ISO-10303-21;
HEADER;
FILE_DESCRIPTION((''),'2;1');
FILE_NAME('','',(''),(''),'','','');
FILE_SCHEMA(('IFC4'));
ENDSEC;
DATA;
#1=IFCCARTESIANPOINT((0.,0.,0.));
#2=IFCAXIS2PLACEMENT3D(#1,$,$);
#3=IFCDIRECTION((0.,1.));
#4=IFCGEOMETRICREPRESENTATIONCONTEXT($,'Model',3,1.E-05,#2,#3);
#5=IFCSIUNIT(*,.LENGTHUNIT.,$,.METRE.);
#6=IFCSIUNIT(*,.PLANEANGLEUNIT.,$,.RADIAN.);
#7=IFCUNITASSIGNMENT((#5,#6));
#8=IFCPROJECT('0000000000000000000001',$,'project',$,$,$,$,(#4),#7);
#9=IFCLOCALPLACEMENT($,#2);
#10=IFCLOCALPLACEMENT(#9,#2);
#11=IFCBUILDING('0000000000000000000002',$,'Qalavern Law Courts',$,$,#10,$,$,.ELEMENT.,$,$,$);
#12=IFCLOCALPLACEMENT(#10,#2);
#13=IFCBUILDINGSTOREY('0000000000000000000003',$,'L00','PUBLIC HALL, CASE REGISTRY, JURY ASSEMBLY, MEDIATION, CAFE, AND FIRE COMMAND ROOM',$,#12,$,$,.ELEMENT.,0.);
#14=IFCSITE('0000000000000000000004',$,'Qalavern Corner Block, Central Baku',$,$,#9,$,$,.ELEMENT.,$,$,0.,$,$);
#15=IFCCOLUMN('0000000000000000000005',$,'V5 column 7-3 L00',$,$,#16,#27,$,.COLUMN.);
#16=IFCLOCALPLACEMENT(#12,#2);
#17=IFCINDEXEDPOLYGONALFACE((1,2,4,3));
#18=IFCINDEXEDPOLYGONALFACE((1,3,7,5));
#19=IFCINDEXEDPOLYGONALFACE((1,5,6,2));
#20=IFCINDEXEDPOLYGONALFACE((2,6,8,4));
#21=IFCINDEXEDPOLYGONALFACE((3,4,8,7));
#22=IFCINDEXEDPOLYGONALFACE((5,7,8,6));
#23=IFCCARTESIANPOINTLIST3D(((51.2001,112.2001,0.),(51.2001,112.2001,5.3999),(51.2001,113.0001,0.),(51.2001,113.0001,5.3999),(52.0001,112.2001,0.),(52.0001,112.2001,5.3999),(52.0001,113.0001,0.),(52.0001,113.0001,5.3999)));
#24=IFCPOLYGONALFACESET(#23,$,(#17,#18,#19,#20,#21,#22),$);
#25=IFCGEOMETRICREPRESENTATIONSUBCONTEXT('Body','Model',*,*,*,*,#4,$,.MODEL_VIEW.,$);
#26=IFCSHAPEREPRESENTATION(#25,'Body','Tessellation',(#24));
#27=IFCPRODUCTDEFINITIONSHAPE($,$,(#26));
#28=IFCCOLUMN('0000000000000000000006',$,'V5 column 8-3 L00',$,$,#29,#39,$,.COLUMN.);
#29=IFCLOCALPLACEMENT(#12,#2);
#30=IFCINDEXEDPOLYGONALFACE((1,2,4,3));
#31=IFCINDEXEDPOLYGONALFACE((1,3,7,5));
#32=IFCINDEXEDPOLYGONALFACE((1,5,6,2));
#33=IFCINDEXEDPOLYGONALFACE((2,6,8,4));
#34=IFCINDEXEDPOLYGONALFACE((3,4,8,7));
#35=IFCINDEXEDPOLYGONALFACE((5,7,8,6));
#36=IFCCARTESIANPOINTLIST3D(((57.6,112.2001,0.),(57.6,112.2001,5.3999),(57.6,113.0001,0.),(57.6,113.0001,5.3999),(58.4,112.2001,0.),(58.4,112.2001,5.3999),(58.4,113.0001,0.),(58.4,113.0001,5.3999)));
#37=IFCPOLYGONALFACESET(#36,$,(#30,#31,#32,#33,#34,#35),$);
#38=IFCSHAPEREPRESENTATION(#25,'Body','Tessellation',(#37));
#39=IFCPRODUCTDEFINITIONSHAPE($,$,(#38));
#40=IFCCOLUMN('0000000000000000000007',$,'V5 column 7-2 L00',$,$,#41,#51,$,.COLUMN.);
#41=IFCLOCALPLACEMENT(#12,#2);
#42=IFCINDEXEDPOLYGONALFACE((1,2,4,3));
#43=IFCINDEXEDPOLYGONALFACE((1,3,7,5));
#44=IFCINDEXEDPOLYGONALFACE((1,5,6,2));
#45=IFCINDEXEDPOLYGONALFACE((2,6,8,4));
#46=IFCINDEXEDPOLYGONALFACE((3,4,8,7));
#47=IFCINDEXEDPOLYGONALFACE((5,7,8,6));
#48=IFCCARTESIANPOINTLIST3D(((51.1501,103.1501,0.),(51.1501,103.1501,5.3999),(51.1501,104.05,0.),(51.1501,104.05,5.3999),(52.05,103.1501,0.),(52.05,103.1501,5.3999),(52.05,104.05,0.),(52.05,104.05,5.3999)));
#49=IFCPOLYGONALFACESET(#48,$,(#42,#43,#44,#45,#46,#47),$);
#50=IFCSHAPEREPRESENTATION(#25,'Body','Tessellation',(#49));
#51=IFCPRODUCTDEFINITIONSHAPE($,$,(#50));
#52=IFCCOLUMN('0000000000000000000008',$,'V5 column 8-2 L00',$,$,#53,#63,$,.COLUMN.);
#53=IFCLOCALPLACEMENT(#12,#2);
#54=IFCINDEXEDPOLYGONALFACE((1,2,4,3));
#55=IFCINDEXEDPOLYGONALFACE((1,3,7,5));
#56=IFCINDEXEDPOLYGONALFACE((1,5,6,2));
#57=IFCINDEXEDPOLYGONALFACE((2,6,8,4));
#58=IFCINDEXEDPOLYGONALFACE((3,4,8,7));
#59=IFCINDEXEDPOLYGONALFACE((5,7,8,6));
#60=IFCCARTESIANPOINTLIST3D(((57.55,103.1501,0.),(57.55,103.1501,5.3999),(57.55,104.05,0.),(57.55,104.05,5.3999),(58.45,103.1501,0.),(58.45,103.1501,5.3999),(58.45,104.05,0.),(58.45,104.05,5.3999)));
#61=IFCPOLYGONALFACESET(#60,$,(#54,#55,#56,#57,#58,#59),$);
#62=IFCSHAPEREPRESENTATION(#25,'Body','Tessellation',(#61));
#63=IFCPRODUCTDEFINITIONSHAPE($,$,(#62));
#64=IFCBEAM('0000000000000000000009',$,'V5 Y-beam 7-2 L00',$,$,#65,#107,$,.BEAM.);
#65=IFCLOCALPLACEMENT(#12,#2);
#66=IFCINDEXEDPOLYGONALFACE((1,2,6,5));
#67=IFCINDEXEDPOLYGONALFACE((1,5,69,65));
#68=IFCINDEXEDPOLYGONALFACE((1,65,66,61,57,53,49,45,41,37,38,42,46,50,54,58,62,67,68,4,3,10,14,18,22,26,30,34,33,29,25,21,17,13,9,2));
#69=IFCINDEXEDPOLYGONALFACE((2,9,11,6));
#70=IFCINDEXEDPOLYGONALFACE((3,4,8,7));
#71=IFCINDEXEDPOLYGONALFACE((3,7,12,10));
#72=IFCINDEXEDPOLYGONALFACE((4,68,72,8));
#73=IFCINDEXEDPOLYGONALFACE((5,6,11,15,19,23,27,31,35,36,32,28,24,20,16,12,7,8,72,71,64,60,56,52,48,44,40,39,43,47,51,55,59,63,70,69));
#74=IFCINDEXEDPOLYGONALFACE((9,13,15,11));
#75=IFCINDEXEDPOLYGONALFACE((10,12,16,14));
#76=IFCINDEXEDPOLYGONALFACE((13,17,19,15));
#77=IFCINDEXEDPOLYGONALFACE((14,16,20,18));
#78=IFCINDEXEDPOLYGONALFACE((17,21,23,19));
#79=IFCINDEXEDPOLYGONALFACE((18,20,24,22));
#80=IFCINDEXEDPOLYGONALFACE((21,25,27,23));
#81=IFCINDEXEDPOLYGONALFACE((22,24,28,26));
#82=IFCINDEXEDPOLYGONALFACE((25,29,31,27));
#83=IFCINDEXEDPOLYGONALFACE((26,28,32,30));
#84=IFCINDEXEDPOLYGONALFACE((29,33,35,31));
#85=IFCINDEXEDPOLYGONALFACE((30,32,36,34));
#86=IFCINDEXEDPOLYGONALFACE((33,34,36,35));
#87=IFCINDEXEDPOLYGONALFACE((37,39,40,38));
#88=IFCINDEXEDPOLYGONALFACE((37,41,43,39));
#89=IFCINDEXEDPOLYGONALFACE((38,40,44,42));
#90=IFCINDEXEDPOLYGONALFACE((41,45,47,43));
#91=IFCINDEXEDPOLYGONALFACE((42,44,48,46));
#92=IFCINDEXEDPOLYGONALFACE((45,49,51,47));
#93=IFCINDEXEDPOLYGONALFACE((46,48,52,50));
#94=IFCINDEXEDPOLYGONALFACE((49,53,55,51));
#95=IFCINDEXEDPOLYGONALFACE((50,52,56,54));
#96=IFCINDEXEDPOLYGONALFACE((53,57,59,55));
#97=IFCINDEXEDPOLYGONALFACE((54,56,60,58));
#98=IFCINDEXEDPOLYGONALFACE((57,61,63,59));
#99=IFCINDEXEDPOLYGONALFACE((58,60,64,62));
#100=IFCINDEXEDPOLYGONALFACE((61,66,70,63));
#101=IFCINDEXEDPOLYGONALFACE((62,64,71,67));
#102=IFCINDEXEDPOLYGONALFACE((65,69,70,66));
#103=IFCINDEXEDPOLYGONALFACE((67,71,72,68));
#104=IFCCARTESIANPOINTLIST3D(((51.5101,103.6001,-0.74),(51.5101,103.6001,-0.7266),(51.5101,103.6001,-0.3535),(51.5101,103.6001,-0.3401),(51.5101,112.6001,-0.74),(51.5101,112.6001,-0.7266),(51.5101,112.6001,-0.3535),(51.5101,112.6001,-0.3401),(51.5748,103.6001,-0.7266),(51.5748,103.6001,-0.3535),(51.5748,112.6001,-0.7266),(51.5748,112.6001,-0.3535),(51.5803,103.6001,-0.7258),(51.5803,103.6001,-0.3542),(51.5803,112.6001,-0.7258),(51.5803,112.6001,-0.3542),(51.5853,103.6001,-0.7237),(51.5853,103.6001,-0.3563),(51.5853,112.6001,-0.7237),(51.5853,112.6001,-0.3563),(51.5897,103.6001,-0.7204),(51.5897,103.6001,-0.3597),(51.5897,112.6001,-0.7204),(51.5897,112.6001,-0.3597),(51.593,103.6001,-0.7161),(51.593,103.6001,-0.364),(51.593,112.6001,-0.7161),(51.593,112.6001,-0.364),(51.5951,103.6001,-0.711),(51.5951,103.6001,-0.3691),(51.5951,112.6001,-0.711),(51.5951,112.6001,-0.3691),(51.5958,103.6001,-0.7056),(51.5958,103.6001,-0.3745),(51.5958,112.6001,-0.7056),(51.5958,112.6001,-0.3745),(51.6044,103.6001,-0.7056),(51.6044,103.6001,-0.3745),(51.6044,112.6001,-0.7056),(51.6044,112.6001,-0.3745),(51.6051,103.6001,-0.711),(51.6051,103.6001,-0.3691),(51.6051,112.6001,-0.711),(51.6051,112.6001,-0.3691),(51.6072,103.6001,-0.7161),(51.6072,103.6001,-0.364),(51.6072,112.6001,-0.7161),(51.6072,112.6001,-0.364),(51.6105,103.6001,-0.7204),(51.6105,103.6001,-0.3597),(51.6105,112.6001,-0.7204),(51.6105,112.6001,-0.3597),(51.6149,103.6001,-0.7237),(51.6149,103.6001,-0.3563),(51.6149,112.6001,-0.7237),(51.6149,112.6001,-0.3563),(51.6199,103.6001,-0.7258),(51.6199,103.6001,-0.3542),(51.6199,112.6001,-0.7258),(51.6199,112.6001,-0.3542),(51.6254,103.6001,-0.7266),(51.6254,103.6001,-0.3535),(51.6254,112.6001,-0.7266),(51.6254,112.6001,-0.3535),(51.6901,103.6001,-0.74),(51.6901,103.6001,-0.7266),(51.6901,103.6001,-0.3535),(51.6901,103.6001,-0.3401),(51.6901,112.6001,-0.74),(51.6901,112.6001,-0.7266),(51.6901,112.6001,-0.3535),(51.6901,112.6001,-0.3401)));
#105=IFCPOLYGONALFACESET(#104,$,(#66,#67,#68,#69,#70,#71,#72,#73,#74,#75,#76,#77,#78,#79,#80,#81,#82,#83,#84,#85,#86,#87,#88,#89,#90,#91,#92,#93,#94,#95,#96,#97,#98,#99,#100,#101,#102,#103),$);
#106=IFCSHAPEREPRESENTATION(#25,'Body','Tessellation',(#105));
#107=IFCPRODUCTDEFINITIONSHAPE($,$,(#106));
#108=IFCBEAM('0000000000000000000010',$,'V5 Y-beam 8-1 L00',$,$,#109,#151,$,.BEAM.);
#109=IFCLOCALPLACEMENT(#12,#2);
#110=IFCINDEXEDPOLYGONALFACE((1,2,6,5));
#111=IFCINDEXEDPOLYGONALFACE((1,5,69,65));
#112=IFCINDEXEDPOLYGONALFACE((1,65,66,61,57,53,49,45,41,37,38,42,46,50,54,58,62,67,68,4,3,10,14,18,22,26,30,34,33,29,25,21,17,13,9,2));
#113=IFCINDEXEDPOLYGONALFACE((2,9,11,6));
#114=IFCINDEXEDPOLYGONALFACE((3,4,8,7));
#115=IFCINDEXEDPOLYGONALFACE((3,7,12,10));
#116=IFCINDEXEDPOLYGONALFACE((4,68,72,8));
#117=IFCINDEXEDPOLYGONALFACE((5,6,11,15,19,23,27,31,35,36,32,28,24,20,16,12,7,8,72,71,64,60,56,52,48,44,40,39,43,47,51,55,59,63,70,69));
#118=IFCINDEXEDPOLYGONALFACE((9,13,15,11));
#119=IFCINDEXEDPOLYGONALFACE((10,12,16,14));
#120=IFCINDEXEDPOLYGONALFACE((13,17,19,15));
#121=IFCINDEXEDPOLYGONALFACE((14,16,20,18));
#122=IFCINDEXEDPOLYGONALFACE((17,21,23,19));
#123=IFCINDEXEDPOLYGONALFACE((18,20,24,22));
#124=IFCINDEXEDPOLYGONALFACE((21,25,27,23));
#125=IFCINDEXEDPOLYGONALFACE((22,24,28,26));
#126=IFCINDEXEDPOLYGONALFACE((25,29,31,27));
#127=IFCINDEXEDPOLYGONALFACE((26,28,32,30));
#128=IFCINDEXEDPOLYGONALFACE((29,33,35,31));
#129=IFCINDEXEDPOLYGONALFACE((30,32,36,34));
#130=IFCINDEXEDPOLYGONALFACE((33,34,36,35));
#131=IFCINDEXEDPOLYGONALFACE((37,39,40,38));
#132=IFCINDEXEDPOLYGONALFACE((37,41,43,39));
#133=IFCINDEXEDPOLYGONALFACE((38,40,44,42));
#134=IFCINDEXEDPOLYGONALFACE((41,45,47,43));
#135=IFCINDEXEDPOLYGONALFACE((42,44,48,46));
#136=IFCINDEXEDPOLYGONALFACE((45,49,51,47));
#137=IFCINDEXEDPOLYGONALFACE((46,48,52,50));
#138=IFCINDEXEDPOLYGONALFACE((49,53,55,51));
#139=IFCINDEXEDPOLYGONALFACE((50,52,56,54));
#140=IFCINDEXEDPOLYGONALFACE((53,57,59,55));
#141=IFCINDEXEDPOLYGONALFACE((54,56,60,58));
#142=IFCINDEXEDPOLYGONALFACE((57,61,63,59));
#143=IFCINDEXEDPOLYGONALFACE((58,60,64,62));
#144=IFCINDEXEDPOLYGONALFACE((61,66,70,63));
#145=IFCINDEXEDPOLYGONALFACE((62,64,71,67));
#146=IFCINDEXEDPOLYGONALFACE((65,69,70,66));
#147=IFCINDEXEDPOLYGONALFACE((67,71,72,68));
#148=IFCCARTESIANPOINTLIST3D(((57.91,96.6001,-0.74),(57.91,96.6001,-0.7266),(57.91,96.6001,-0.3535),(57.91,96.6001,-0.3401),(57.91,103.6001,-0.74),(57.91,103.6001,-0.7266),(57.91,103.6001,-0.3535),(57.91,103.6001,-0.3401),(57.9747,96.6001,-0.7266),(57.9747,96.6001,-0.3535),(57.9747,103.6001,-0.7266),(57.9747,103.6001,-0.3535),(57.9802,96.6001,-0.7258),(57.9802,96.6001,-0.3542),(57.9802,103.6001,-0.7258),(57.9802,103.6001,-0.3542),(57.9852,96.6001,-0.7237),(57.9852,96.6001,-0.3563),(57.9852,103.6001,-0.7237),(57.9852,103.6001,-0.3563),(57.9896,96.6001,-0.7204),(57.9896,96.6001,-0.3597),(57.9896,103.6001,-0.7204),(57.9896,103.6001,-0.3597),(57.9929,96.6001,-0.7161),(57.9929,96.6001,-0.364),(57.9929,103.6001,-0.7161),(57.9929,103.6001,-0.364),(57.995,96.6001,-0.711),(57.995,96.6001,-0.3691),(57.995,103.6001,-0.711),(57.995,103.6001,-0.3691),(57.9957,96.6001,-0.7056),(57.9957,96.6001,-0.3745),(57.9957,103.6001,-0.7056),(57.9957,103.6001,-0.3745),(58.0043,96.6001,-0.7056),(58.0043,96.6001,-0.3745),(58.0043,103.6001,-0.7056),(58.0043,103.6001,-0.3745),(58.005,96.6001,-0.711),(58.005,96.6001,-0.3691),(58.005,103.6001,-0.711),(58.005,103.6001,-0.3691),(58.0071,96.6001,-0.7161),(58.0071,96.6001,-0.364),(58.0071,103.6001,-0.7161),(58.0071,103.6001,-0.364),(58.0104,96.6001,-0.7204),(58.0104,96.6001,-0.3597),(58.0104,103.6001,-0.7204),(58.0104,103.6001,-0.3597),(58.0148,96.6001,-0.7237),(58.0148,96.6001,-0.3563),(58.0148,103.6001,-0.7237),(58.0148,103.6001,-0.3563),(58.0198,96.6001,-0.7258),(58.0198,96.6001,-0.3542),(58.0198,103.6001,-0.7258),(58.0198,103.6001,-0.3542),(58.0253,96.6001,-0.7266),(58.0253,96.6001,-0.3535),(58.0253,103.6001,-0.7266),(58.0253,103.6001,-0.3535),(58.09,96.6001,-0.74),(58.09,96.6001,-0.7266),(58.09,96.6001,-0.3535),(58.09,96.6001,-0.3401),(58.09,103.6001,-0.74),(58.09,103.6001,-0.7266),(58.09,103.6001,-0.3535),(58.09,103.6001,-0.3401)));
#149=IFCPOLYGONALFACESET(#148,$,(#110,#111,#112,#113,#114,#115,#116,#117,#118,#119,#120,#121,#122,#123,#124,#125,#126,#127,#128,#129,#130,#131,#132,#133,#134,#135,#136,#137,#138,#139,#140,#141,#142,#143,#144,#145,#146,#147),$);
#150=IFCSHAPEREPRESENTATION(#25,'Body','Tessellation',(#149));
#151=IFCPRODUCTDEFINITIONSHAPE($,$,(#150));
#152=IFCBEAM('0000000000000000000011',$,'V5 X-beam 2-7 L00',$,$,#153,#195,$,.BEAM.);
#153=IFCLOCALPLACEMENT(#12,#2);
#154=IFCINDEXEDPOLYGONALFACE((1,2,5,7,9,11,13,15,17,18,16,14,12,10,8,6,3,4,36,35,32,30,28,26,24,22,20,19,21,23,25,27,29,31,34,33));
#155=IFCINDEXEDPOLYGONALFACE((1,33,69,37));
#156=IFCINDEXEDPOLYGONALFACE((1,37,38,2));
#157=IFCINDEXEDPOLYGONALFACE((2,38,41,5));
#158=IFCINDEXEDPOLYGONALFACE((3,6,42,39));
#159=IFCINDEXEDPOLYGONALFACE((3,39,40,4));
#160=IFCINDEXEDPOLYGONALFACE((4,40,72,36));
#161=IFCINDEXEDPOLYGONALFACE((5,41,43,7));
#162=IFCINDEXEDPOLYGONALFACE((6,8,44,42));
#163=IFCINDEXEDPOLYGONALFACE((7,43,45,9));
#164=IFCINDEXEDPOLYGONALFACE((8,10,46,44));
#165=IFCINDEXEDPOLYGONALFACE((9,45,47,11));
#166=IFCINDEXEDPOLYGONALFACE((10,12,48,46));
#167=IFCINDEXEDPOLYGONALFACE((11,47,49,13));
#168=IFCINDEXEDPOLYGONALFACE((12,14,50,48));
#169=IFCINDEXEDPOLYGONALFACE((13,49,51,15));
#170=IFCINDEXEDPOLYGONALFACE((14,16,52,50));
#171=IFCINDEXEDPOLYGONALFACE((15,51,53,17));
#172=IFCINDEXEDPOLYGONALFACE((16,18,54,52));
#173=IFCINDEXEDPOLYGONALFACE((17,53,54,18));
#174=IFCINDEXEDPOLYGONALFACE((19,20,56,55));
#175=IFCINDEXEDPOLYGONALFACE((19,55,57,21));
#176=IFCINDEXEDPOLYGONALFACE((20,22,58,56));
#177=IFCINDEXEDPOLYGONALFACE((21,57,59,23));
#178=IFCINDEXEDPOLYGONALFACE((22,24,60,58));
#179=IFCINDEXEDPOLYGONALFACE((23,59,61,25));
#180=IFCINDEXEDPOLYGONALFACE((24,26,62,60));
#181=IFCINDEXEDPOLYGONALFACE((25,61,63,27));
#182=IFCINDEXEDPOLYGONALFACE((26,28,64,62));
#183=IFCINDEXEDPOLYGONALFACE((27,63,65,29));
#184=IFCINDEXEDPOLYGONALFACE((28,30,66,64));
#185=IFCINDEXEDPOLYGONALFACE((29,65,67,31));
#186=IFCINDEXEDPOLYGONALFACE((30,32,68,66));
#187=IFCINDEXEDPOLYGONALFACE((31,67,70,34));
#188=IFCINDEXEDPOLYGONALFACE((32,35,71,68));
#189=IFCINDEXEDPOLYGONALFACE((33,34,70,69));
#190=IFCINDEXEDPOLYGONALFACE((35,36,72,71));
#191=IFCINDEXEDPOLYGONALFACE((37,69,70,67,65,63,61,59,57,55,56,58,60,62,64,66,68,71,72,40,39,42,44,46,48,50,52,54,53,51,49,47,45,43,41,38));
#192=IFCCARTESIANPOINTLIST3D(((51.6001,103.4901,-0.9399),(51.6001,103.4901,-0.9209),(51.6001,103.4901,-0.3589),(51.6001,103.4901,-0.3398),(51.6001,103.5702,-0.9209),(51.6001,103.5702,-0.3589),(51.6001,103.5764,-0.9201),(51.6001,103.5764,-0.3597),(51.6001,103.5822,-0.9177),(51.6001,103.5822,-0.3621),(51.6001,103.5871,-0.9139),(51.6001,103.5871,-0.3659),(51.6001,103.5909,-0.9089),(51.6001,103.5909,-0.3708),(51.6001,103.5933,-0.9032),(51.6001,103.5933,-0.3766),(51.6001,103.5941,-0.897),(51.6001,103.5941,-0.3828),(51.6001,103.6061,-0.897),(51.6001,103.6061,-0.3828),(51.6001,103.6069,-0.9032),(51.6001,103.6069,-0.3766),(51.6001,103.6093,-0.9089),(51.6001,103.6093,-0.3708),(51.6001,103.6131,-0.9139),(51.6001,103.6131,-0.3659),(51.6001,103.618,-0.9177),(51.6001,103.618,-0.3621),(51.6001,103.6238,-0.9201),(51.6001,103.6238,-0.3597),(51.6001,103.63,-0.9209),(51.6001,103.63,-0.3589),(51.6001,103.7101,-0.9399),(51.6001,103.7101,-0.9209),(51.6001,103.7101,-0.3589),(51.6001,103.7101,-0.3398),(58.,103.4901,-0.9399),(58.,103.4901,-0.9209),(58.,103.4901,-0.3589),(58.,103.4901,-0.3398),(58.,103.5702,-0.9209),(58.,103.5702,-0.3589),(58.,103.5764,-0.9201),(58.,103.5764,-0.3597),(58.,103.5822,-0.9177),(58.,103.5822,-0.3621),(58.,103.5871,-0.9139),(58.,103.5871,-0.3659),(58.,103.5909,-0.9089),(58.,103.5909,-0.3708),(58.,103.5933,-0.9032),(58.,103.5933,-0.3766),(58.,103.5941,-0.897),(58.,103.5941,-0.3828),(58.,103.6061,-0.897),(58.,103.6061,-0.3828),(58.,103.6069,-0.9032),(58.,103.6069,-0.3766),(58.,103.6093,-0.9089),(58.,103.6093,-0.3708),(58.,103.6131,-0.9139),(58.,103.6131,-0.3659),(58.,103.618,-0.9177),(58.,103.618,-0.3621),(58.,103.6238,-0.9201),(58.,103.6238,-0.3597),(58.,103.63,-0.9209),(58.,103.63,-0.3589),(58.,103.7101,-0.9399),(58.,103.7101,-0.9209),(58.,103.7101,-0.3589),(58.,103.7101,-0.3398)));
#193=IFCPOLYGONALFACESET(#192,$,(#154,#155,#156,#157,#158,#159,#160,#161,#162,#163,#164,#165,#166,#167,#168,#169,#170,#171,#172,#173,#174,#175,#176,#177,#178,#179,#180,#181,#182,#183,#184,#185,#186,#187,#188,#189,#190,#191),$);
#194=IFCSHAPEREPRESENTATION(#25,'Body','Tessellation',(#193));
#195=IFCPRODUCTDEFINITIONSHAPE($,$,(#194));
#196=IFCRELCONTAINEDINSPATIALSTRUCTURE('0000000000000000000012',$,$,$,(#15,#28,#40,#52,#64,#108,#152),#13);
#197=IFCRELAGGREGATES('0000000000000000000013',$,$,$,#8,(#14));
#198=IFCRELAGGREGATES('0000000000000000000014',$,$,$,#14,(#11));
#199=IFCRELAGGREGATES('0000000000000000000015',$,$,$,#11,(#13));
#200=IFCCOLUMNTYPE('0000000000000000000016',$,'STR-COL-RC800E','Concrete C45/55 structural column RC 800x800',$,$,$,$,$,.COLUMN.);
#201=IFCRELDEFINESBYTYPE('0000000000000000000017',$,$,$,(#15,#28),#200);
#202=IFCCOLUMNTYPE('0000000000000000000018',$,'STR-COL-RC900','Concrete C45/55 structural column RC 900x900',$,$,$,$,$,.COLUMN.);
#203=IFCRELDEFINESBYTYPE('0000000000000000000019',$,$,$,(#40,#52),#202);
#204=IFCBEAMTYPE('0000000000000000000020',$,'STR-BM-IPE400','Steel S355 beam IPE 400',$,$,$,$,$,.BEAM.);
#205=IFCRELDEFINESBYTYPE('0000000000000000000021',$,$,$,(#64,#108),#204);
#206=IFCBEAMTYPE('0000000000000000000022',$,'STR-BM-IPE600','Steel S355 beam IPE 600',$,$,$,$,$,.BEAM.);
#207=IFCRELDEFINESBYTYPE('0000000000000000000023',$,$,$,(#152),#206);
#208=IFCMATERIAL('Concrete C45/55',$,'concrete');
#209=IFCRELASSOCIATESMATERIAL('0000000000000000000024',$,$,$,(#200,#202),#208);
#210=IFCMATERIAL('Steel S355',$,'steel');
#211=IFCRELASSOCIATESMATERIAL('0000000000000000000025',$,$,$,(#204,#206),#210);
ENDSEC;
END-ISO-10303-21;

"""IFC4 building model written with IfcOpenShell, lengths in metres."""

from ifc_helpers import new_model, si_unit, direction, frame, origin, origin_2d, place, context, subcontext, project, spatial, rectangle, i_section, extrude, material, material_profile, profile_set, type_object, element, save


model = new_model("IFC4")

# Units and contexts
model_context = context("Model", 3, precision=1e-05, world=origin(), true_north=direction((0.0, 1.0)))
body_context = subcontext(model_context, "Body", "Model", "MODEL_VIEW")
ifc_project = project(units=[si_unit("LENGTHUNIT", "METRE"), si_unit("PLANEANGLEUNIT", "RADIAN")], contexts=[model_context])

# Site, building, storey
site_placement = place(None, origin())
site = spatial("IfcSite", under=ifc_project, at=site_placement, Name="Qalavern Corner Block, Central Baku", CompositionType="ELEMENT", RefElevation=0.0)
building_placement = place(site_placement, origin())
building = spatial("IfcBuilding", under=site, at=building_placement, Name="Qalavern Law Courts", CompositionType="ELEMENT")
storey_placement = place(building_placement, origin())
storey = spatial("IfcBuildingStorey", under=building, at=storey_placement, Name="L00", Description="PUBLIC HALL, CASE REGISTRY, JURY ASSEMBLY, MEDIATION, CAFE, AND FIRE COMMAND ROOM", CompositionType="ELEMENT", Elevation=0.0)

# Columns
ifc_material_1 = material(Name="Concrete C45/55", Category="concrete")
ifc_material_profile_1 = material_profile(ifc_material_1, rectangle(XDim=0.8, YDim=0.8, at=origin_2d()), Name="RC 800x800")
ifc_profile_set_1 = profile_set([ifc_material_profile_1], Name="Concrete C45/55")
column_type_1 = type_object("IfcColumnType", Name="STR-COL-RC800E", Description="Concrete C45/55 structural column RC 800x800", PredefinedType="COLUMN", material=ifc_profile_set_1)
for number, where, z_axis, x_axis, name in (
    (1, (51.6001, 112.6001, 0.0), (0.0, 0.0, 1.0), (1.0, 0.0, 0.0), "V5 column 7-3 L00"),
    (2, (58.0, 112.6001, 0.0), (0.0, 0.0, 1.0), (1.0, 0.0, 0.0), "V5 column 8-3 L00"),
):
    element("IfcColumn", number, at=place(storey_placement, frame(where, z_axis=z_axis, x_axis=x_axis)), inside=storey, type_object=column_type_1, Name=name, PredefinedType="COLUMN", context=body_context, shape_type="SweptSolid", body=[
        extrude(rectangle(XDim=0.8, YDim=0.8, at=origin_2d()), origin(), (0.0, 0.0, 1.0), 5.3999),
    ])
ifc_material_profile_2 = material_profile(ifc_material_1, rectangle(XDim=0.8999, YDim=0.8999, at=origin_2d()), Name="RC 900x900")
ifc_profile_set_2 = profile_set([ifc_material_profile_2], Name="Concrete C45/55")
column_type_2 = type_object("IfcColumnType", Name="STR-COL-RC900", Description="Concrete C45/55 structural column RC 900x900", PredefinedType="COLUMN", material=ifc_profile_set_2)
for number, where, z_axis, x_axis, name in (
    (3, (51.6001, 103.6001, 0.0), (0.0, 0.0, 1.0), (1.0, 0.0, 0.0), "V5 column 7-2 L00"),
    (4, (58.0, 103.6001, 0.0), (0.0, 0.0, 1.0), (1.0, 0.0, 0.0), "V5 column 8-2 L00"),
):
    element("IfcColumn", number, at=place(storey_placement, frame(where, z_axis=z_axis, x_axis=x_axis)), inside=storey, type_object=column_type_2, Name=name, PredefinedType="COLUMN", context=body_context, shape_type="SweptSolid", body=[
        extrude(rectangle(XDim=0.8999, YDim=0.8999, at=origin_2d()), origin(), (0.0, 0.0, 1.0), 5.3999),
    ])

# Beams
ifc_material_2 = material(Name="Steel S355", Category="steel")
ifc_material_profile_3 = material_profile(ifc_material_2, i_section(OverallWidth=0.1799, OverallDepth=0.3999, WebThickness=0.0085, FlangeThickness=0.0134, FilletRadius=0.021, at=origin_2d()), Name="IPE 400")
ifc_profile_set_3 = profile_set([ifc_material_profile_3], Name="Steel S355")
beam_type_1 = type_object("IfcBeamType", Name="STR-BM-IPE400", Description="Steel S355 beam IPE 400", PredefinedType="BEAM", material=ifc_profile_set_3)
beam_1_placement = place(storey_placement, frame((51.6001, 103.6001, -0.54), z_axis=(0.0, 1.0, 0.0), x_axis=(-1.0, 0.0, 0.0)))
element("IfcBeam", 5, at=beam_1_placement, inside=storey, type_object=beam_type_1, Name="V5 Y-beam 7-2 L00", PredefinedType="BEAM", context=body_context, shape_type="SweptSolid", body=[
    extrude(i_section(OverallWidth=0.1799, OverallDepth=0.3999, WebThickness=0.0085, FlangeThickness=0.0134, FilletRadius=0.021, at=origin_2d()), origin(), (0.0, 0.0, 1.0), 9.0),
])
beam_2_placement = place(storey_placement, frame((58.0, 96.6001, -0.54), z_axis=(0.0, 1.0, 0.0), x_axis=(-1.0, 0.0, 0.0)))
element("IfcBeam", 6, at=beam_2_placement, inside=storey, type_object=beam_type_1, Name="V5 Y-beam 8-1 L00", PredefinedType="BEAM", context=body_context, shape_type="SweptSolid", body=[
    extrude(i_section(OverallWidth=0.1799, OverallDepth=0.3999, WebThickness=0.0085, FlangeThickness=0.0134, FilletRadius=0.021, at=origin_2d()), origin(), (0.0, 0.0, 1.0), 7.0),
])
ifc_material_profile_4 = material_profile(ifc_material_2, i_section(OverallWidth=0.22, OverallDepth=0.6001, WebThickness=0.012, FlangeThickness=0.019, FilletRadius=0.0239, at=origin_2d()), Name="IPE 600")
ifc_profile_set_4 = profile_set([ifc_material_profile_4], Name="Steel S355")
beam_type_2 = type_object("IfcBeamType", Name="STR-BM-IPE600", Description="Steel S355 beam IPE 600", PredefinedType="BEAM", material=ifc_profile_set_4)
beam_3_placement = place(storey_placement, frame((51.6001, 103.6001, -0.6399), z_axis=(1.0, 0.0, 0.0), x_axis=(0.0, 1.0, 0.0)))
element("IfcBeam", 7, at=beam_3_placement, inside=storey, type_object=beam_type_2, Name="V5 X-beam 2-7 L00", PredefinedType="BEAM", context=body_context, shape_type="SweptSolid", body=[
    extrude(i_section(OverallWidth=0.22, OverallDepth=0.6001, WebThickness=0.012, FlangeThickness=0.019, FilletRadius=0.0239, at=origin_2d()), origin(), (0.0, 0.0, 1.0), 6.3999),
])

save(model, "model.ifc")
